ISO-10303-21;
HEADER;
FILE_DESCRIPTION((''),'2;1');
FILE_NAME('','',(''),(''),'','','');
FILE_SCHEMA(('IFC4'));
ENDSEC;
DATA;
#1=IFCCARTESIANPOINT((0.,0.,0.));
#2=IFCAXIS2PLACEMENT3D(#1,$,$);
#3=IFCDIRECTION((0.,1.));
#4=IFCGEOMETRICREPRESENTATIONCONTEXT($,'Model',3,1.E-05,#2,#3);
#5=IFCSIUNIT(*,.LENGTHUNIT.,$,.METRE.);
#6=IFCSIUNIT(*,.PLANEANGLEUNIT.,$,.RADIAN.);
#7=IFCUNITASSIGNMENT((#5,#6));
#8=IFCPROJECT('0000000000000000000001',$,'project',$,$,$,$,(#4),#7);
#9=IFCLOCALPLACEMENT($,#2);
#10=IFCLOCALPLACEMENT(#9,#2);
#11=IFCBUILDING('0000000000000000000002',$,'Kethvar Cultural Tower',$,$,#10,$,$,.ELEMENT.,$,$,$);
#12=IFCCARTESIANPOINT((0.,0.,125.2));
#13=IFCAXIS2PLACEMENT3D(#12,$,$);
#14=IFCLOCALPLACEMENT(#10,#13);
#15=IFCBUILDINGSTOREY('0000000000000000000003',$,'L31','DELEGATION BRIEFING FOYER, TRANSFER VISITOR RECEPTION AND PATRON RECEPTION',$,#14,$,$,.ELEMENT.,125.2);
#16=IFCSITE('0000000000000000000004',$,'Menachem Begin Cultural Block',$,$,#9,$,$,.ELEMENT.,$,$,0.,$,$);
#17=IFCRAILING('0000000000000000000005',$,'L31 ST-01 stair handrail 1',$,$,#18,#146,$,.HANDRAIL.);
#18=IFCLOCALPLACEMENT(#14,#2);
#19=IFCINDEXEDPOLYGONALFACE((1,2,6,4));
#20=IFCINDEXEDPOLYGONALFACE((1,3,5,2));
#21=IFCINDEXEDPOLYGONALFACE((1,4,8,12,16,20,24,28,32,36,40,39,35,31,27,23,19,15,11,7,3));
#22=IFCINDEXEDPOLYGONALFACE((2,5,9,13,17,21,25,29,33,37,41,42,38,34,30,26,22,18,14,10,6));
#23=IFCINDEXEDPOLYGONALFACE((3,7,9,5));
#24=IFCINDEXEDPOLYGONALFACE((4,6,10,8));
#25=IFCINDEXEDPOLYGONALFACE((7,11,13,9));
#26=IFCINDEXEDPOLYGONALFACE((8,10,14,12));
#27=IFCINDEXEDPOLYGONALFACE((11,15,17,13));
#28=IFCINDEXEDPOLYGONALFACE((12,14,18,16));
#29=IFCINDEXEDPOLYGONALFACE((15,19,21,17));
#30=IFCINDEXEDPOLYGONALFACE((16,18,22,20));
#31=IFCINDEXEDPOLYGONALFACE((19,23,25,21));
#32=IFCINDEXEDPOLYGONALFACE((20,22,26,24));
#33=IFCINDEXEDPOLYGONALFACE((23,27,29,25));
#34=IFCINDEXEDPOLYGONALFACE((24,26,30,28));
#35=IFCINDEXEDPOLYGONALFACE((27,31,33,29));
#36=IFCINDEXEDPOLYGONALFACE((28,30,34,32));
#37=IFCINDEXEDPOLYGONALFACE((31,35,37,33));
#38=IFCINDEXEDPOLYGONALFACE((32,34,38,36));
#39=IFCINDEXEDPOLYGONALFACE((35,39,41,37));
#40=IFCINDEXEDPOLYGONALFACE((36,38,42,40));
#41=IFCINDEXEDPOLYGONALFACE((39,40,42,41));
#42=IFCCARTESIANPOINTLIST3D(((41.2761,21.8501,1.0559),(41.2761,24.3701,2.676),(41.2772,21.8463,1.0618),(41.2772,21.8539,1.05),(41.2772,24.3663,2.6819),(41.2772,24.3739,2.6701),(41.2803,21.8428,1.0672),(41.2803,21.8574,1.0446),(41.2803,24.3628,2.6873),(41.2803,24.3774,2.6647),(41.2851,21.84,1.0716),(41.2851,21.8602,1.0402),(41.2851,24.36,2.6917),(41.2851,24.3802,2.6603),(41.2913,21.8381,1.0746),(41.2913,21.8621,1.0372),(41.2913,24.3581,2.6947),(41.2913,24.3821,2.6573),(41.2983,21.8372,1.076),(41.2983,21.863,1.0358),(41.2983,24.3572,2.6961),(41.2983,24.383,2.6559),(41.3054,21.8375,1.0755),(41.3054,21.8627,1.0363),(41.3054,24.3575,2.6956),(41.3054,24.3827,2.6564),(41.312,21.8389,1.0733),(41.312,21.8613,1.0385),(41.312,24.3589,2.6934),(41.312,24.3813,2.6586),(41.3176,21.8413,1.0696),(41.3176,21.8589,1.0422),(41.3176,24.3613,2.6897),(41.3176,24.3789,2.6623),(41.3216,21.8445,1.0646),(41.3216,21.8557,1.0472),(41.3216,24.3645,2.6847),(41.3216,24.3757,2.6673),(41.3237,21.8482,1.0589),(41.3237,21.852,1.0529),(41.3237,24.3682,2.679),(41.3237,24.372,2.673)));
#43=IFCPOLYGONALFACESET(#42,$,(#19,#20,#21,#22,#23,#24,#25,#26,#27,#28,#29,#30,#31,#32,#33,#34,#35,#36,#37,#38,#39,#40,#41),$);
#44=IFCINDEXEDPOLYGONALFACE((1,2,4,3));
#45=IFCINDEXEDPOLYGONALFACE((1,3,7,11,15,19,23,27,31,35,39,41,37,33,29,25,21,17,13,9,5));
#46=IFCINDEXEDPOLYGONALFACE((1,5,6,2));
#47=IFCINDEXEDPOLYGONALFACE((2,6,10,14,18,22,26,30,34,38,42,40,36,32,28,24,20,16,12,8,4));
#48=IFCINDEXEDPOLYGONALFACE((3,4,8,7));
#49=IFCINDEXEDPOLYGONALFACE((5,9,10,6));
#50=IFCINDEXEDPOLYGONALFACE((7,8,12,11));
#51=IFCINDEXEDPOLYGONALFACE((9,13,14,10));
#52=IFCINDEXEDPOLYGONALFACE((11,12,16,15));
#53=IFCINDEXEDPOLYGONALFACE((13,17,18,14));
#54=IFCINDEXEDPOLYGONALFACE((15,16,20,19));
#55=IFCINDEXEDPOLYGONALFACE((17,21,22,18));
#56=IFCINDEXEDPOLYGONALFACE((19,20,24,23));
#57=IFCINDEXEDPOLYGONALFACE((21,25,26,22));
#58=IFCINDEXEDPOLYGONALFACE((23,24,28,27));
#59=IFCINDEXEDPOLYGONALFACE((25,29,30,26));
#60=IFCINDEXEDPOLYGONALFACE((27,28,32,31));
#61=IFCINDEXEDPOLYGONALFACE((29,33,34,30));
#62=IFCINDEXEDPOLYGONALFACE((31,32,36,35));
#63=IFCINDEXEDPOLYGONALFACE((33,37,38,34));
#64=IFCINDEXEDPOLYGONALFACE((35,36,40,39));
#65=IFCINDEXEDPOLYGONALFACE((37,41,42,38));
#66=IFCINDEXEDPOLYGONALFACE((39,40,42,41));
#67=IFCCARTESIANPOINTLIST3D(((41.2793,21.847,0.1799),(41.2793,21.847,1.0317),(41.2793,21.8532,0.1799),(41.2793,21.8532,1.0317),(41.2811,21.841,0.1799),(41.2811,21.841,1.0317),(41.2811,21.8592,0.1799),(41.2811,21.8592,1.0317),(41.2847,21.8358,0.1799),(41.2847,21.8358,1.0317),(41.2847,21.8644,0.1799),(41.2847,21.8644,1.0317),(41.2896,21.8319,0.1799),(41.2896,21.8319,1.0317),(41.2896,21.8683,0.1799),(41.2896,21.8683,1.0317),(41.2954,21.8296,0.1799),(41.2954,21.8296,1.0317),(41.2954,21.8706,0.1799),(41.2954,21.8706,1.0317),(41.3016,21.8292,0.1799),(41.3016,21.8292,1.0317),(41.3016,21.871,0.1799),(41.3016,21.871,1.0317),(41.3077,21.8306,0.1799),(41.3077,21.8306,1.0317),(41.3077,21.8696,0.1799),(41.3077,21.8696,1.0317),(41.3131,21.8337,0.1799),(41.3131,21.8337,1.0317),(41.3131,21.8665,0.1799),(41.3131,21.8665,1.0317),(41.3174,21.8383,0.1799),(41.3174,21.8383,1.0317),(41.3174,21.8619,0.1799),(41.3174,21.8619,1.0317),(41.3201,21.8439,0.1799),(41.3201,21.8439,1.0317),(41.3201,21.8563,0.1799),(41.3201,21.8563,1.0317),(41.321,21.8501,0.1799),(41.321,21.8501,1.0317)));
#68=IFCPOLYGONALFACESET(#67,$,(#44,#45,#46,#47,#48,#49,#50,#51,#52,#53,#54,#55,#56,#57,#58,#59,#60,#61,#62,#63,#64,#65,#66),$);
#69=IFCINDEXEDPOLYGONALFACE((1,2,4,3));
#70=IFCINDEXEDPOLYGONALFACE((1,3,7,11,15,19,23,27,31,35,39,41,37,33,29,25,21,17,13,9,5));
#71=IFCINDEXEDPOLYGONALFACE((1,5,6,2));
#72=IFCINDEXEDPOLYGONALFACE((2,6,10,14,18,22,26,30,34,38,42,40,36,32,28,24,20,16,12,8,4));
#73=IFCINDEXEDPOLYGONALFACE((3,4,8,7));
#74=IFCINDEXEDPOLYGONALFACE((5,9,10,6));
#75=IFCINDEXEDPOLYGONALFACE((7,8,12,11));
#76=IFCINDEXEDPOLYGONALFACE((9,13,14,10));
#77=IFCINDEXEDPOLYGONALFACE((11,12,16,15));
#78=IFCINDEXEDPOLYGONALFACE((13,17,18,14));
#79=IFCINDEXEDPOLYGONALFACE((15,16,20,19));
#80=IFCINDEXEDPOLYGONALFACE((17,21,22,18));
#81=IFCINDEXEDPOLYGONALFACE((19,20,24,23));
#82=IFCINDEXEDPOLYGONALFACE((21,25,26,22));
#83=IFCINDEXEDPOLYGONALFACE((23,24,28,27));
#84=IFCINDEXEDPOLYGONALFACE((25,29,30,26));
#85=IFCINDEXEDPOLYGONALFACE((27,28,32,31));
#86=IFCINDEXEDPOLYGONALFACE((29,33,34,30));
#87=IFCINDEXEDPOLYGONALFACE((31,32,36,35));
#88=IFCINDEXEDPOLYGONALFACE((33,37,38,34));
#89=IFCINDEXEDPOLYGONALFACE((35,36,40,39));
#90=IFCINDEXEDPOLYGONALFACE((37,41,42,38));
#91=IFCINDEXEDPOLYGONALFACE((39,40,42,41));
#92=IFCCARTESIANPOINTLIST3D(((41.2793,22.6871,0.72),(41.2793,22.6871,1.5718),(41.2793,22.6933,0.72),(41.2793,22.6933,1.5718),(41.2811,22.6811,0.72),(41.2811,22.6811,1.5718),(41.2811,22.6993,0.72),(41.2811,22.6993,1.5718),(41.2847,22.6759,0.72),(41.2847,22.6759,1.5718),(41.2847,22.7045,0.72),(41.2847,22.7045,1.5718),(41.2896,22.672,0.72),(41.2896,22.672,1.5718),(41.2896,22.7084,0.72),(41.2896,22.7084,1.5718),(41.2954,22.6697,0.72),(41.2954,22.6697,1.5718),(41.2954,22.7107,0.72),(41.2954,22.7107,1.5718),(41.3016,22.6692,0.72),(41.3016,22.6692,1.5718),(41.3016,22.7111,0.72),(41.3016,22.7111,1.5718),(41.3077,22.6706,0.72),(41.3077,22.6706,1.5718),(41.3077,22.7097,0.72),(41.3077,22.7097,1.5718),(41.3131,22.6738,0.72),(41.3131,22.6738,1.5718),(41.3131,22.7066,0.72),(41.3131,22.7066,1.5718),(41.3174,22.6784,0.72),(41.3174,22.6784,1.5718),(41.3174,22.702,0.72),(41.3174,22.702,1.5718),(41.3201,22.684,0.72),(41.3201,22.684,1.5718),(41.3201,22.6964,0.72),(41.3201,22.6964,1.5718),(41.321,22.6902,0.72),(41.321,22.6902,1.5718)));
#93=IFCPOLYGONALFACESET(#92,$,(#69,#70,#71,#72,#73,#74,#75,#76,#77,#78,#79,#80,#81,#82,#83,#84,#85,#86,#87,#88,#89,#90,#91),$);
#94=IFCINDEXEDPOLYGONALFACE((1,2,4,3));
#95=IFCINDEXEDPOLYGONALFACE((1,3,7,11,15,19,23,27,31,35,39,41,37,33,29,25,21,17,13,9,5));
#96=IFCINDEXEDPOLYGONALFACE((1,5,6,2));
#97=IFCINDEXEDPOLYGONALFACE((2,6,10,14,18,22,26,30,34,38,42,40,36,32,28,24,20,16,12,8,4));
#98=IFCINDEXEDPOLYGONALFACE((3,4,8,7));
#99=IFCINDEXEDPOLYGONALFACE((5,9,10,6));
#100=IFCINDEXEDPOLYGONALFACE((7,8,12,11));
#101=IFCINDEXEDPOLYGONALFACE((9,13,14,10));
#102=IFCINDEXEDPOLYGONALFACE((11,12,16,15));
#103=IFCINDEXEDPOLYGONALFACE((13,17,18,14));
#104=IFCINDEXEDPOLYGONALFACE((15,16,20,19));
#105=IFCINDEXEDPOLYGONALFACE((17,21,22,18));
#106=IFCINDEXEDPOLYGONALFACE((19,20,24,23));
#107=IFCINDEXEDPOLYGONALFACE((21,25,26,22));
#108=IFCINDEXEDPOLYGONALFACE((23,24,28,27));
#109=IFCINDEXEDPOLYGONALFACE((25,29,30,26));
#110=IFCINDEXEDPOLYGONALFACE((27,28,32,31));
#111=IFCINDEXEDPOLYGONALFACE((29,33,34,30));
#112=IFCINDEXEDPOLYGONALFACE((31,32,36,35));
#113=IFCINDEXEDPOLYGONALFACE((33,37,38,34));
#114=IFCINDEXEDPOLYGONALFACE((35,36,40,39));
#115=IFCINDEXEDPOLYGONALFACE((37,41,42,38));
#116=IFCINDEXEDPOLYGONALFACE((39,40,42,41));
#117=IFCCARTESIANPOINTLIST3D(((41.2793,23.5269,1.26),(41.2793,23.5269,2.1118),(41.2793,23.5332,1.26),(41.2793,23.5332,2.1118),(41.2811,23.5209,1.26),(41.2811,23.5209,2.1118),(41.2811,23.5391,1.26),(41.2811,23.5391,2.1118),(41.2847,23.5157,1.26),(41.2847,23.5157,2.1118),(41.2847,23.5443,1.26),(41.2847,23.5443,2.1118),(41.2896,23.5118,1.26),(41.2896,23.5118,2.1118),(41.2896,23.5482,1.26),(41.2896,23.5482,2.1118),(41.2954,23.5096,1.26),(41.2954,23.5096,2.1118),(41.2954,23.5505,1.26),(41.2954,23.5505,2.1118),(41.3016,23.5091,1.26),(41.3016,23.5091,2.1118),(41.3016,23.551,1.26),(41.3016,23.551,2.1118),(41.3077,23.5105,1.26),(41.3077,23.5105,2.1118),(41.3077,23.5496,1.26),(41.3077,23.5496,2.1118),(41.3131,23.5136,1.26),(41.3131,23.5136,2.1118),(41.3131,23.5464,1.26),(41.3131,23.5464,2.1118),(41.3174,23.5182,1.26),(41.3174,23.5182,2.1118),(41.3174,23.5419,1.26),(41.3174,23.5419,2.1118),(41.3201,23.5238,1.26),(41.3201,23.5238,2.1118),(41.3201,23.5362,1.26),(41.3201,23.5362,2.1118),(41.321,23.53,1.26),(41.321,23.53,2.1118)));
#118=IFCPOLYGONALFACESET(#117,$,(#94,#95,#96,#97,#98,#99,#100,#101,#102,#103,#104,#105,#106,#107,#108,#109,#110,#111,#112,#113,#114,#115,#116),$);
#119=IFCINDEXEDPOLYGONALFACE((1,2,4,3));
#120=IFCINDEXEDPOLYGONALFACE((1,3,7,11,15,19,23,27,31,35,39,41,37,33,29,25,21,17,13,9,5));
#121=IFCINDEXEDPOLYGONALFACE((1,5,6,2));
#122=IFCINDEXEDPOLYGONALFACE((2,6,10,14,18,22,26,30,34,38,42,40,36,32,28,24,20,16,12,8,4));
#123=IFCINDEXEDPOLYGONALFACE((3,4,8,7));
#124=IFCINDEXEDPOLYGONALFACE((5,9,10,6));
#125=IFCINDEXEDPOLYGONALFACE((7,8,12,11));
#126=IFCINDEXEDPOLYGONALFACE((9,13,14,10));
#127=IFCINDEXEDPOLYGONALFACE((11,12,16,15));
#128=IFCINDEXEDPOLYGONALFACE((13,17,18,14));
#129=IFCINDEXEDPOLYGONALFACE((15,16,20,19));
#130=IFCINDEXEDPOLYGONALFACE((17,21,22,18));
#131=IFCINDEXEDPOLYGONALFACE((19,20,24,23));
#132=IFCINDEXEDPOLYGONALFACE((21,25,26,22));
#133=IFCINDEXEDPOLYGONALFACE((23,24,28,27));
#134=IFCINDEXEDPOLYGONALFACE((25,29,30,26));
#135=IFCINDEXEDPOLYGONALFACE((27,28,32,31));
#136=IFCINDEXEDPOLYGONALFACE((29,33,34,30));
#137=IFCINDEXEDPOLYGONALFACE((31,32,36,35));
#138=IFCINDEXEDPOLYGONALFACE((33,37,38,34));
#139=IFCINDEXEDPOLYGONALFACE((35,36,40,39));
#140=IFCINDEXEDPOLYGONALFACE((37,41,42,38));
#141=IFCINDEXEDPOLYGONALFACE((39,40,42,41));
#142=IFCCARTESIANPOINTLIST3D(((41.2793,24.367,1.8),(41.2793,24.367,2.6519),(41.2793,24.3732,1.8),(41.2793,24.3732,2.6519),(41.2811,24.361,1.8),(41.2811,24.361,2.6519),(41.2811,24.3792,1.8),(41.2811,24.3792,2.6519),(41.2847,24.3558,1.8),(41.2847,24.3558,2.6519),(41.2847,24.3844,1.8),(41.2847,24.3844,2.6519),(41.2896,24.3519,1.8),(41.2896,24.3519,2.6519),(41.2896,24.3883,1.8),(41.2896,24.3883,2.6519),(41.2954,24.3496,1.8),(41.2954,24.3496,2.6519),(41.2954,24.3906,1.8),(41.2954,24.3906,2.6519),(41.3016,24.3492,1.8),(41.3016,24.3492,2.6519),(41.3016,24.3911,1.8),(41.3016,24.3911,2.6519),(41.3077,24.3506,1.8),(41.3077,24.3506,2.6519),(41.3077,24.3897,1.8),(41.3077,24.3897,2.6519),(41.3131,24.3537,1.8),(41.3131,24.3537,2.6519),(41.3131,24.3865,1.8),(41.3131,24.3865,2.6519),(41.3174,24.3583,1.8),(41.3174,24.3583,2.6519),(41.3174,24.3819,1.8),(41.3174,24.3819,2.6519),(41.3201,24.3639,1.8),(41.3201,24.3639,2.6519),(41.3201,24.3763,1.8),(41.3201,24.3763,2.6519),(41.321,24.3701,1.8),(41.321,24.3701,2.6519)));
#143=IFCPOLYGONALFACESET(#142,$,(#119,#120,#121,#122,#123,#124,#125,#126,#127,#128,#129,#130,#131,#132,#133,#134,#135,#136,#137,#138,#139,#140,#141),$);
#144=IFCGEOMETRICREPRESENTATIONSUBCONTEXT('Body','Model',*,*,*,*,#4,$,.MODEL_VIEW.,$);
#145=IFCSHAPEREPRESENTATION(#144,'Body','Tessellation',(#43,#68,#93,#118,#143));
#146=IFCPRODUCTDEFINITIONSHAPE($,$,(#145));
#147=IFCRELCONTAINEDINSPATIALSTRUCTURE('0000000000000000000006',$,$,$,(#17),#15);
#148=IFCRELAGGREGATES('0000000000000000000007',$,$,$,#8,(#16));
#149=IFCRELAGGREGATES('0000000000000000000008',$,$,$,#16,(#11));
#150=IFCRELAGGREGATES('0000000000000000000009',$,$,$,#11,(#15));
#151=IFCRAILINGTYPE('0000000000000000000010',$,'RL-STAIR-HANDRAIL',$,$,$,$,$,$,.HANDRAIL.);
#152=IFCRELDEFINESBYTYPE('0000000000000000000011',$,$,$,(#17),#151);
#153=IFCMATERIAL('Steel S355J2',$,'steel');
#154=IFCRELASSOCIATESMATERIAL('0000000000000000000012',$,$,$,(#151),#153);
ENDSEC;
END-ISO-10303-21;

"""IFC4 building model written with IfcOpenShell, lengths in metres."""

from ifc_helpers import new_model, si_unit, direction, frame, origin, origin_2d, place, context, subcontext, project, spatial, circle, extrude, material, type_object, element, save


model = new_model("IFC4")

# Units and contexts
model_context = context("Model", 3, precision=1e-05, world=origin(), true_north=direction((0.0, 1.0)))
body_context = subcontext(model_context, "Body", "Model", "MODEL_VIEW")
ifc_project = project(units=[si_unit("LENGTHUNIT", "METRE"), si_unit("PLANEANGLEUNIT", "RADIAN")], contexts=[model_context])

# Site, building, storey
site_placement = place(None, origin())
site = spatial("IfcSite", under=ifc_project, at=site_placement, Name="Menachem Begin Cultural Block", CompositionType="ELEMENT", RefElevation=0.0)
building_placement = place(site_placement, origin())
building = spatial("IfcBuilding", under=site, at=building_placement, Name="Kethvar Cultural Tower", CompositionType="ELEMENT")
storey_placement = place(building_placement, frame((0.0, 0.0, 125.2)))
storey = spatial("IfcBuildingStorey", under=building, at=storey_placement, Name="L31", Description="DELEGATION BRIEFING FOYER, TRANSFER VISITOR RECEPTION AND PATRON RECEPTION", CompositionType="ELEMENT", Elevation=125.2)

# Shared definitions
ifc_material_1 = material(Name="Steel S355J2", Category="steel")

# Railing
railing_type_1 = type_object("IfcRailingType", Name="RL-STAIR-HANDRAIL", PredefinedType="HANDRAIL", material=ifc_material_1)
railing_1_placement = place(storey_placement, frame((41.3, 21.8501, 0.1799)))
element("IfcRailing", 1, at=railing_1_placement, inside=storey, type_object=railing_type_1, Name="L31 ST-01 stair handrail 1", PredefinedType="HANDRAIL", context=body_context, shape_type="SweptSolid", body=[
    extrude(circle(Radius=0.0239, at=origin_2d()), frame((0.0, 0.0, 0.876), z_axis=(0.0, 0.841163, 0.540782), x_axis=(-1.0, 0.0, 0.0)), (0.0, 0.0, 1.0), 2.9958),
    extrude(circle(Radius=0.021, at=origin_2d()), origin(), (0.0, 0.0, 1.0), 0.8518),
    extrude(circle(Radius=0.021, at=origin_2d()), frame((0.0, 0.8401, 0.54)), (0.0, 0.0, 1.0), 0.8518),
    extrude(circle(Radius=0.021, at=origin_2d()), frame((0.0, 1.6799, 1.0801)), (0.0, 0.0, 1.0), 0.8518),
    extrude(circle(Radius=0.021, at=origin_2d()), frame((0.0, 2.52, 1.6201)), (0.0, 0.0, 1.0), 0.8518),
])

save(model, "model.ifc")
